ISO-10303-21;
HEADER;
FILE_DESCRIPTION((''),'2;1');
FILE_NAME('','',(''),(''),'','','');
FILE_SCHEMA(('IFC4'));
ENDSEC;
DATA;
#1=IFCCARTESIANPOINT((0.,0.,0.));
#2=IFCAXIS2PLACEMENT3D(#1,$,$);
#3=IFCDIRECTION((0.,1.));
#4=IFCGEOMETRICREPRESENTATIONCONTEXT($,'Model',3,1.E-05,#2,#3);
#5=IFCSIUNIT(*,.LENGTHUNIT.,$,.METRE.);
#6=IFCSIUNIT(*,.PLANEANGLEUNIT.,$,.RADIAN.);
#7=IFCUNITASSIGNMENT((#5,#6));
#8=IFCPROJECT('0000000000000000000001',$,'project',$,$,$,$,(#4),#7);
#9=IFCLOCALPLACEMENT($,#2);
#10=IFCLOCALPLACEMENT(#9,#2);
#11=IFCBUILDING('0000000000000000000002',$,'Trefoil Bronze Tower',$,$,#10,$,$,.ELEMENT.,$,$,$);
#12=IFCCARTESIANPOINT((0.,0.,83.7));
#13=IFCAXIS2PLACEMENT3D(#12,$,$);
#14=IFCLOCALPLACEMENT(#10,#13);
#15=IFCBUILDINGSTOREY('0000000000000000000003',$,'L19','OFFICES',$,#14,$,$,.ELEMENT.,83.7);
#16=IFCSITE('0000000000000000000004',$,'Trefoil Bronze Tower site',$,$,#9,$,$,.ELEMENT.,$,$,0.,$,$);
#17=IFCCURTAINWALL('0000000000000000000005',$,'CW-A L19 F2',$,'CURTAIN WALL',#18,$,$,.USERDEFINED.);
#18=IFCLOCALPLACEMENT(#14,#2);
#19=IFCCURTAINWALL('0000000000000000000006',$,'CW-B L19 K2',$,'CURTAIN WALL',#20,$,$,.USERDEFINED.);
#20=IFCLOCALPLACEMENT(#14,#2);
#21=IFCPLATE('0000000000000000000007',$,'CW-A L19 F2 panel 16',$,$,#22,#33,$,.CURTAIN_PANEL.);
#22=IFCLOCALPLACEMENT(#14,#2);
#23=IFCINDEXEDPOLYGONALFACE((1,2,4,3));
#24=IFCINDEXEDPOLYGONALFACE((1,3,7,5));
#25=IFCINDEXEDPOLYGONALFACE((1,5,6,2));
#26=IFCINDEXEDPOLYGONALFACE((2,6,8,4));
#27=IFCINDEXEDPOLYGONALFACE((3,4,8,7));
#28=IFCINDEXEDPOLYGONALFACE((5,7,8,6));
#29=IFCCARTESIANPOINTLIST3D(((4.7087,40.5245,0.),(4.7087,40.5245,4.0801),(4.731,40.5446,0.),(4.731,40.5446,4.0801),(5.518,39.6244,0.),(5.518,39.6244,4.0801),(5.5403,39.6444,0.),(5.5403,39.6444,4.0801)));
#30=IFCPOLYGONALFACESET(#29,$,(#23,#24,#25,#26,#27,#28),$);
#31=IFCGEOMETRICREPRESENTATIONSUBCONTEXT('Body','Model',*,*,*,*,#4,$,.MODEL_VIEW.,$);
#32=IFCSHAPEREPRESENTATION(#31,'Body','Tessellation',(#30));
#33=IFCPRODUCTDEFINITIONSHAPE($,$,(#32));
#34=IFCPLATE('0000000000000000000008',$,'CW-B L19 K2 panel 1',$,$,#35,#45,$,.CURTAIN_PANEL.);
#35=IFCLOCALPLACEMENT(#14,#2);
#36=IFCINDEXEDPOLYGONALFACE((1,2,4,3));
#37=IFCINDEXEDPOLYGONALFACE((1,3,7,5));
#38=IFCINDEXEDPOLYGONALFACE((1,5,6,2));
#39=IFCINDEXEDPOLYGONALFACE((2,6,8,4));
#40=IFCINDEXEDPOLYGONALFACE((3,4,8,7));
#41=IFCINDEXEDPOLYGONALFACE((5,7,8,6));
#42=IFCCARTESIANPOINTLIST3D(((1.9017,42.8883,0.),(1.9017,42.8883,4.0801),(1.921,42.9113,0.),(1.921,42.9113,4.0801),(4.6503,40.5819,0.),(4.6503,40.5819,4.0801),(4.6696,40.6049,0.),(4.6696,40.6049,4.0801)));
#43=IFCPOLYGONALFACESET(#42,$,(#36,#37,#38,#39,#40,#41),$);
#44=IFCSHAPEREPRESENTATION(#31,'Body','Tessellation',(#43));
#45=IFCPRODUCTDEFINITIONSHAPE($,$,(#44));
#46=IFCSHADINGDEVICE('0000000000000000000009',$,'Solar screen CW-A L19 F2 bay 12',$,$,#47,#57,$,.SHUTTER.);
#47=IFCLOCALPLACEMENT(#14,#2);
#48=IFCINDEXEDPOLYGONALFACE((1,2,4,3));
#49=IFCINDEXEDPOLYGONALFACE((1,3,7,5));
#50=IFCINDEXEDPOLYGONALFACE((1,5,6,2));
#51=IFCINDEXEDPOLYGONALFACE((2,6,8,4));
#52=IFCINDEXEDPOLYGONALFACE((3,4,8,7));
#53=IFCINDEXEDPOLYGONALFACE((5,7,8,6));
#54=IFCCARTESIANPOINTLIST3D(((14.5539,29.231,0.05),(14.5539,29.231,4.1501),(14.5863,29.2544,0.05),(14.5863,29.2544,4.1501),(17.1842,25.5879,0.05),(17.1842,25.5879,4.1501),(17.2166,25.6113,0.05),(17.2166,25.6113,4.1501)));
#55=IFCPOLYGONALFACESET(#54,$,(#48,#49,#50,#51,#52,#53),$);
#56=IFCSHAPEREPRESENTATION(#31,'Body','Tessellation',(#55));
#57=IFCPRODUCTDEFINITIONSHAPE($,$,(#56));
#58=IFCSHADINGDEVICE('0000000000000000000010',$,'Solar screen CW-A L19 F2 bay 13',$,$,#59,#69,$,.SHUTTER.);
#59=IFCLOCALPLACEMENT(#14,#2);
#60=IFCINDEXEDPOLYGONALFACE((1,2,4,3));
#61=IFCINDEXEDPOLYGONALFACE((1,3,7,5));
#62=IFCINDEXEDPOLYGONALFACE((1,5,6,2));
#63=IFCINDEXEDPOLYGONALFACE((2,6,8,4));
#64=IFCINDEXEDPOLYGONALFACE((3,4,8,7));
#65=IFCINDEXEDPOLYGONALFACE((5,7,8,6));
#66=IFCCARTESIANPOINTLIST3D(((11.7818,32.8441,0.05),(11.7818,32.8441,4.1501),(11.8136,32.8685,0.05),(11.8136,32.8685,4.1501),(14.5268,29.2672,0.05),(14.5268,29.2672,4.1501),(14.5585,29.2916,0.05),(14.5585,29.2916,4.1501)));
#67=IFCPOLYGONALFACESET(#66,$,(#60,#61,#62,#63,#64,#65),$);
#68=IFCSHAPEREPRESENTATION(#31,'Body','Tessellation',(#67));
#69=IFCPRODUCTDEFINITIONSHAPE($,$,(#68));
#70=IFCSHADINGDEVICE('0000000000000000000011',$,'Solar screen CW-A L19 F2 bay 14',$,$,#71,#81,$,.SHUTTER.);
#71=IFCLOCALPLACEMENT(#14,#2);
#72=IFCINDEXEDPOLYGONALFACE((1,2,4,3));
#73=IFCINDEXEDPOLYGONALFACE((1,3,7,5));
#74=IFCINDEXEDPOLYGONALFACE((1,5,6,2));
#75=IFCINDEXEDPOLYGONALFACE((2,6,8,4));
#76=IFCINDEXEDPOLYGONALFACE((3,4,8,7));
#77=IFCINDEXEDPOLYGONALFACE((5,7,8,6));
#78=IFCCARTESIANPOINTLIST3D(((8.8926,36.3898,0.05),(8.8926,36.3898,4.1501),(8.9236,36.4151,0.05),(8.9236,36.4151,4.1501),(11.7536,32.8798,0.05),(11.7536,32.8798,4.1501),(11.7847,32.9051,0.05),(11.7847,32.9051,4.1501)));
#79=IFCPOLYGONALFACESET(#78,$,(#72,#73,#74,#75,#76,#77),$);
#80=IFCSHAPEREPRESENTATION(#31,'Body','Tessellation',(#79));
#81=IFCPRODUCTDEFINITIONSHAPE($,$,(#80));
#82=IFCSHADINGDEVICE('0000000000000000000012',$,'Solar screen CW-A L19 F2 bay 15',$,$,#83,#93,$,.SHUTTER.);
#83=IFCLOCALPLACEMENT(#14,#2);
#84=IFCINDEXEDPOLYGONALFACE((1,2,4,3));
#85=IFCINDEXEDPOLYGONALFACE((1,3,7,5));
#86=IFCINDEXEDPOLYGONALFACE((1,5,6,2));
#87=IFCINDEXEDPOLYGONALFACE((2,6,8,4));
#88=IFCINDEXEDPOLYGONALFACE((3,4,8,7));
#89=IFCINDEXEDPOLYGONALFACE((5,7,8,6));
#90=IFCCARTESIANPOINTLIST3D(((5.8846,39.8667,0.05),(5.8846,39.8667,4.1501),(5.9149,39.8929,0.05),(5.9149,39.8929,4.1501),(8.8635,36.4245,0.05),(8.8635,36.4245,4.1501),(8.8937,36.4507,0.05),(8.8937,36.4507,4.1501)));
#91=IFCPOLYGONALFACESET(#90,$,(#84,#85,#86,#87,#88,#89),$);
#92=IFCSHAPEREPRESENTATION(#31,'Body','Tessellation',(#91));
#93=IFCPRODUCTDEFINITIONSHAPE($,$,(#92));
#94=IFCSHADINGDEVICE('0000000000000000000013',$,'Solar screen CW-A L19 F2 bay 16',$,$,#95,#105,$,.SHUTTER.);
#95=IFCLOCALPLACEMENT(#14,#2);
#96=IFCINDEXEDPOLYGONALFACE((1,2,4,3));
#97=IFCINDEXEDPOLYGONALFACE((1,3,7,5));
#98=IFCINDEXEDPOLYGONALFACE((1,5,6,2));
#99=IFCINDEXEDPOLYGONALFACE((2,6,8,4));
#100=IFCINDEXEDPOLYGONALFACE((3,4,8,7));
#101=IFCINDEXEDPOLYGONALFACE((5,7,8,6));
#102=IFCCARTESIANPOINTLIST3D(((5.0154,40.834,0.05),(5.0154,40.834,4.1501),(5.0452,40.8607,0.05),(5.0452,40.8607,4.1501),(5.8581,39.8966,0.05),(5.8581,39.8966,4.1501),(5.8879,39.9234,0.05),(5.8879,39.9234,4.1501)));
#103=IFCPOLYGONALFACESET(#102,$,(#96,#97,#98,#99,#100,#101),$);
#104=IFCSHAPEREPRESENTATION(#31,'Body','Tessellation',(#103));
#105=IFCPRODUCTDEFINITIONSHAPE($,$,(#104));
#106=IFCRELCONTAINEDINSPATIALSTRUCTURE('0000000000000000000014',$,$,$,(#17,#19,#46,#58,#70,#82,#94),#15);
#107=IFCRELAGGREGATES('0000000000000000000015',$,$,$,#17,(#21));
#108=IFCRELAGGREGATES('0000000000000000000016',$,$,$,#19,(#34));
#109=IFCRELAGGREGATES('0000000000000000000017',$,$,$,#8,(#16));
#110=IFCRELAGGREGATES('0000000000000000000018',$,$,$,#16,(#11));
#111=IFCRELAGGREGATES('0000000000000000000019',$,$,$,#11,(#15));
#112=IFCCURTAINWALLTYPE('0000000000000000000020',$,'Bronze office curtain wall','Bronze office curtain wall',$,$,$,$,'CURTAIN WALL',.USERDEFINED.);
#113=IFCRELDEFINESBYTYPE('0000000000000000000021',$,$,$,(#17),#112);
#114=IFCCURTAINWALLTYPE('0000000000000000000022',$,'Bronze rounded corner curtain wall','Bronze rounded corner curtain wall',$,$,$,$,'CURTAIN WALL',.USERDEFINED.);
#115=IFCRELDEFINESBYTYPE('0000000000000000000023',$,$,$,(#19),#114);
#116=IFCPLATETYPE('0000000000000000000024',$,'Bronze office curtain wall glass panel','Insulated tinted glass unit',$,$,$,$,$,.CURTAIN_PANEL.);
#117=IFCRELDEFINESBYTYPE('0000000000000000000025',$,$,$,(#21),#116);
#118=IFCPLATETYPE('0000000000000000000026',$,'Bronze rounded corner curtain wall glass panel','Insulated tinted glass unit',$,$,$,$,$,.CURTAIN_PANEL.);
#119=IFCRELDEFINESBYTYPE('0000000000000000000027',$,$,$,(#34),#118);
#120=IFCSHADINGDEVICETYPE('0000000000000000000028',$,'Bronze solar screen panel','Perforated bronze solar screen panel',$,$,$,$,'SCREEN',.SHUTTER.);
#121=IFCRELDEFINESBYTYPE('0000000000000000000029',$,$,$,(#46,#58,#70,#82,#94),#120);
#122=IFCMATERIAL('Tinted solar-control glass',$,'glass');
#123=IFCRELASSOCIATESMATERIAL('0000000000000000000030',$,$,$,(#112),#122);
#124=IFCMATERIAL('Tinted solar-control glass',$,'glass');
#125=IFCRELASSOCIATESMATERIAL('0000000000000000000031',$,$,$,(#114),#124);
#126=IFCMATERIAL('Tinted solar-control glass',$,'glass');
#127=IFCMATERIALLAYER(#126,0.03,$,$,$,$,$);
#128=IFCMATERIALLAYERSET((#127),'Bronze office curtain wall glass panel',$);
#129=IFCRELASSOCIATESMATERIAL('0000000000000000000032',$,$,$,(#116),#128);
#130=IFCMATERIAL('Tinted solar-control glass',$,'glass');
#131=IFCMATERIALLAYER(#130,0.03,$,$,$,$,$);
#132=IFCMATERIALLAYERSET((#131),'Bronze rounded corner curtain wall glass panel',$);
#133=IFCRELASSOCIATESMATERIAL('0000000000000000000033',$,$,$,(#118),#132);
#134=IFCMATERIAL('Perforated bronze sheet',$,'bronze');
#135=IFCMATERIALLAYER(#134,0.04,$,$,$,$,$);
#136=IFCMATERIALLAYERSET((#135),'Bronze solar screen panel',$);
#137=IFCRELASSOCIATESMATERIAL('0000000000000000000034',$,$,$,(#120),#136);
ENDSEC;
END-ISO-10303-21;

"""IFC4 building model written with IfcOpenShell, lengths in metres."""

from ifc_helpers import new_model, si_unit, direction, frame, origin, origin_2d, place, context, subcontext, project, spatial, rectangle, extrude, material, layer, layer_set, type_object, element, aggregate, save


model = new_model("IFC4")

# Units and contexts
model_context = context("Model", 3, precision=1e-05, world=origin(), true_north=direction((0.0, 1.0)))
body_context = subcontext(model_context, "Body", "Model", "MODEL_VIEW")
ifc_project = project(units=[si_unit("LENGTHUNIT", "METRE"), si_unit("PLANEANGLEUNIT", "RADIAN")], contexts=[model_context])

# Site, building, storey
site_placement = place(None, origin())
site = spatial("IfcSite", under=ifc_project, at=site_placement, Name="Trefoil Bronze Tower site", CompositionType="ELEMENT", RefElevation=0.0)
building_placement = place(site_placement, origin())
building = spatial("IfcBuilding", under=site, at=building_placement, Name="Trefoil Bronze Tower", CompositionType="ELEMENT")
storey_placement = place(building_placement, frame((0.0, 0.0, 83.7)))
storey = spatial("IfcBuildingStorey", under=building, at=storey_placement, Name="L19", Description="OFFICES", CompositionType="ELEMENT", Elevation=83.7)

# Curtain walls
ifc_material_1 = material(Name="Tinted solar-control glass", Category="glass")
curtain_wall_type_1 = type_object("IfcCurtainWallType", Name="Bronze office curtain wall", Description="Bronze office curtain wall", ElementType="CURTAIN WALL", PredefinedType="USERDEFINED", material=ifc_material_1)
curtain_wall_1_placement = place(storey_placement, origin())
curtain_wall_1 = element("IfcCurtainWall", 1, at=curtain_wall_1_placement, inside=storey, type_object=curtain_wall_type_1, Name="CW-A L19 F2", ObjectType="CURTAIN WALL", PredefinedType="USERDEFINED")
ifc_material_2 = material(Name="Tinted solar-control glass", Category="glass")
curtain_wall_type_2 = type_object("IfcCurtainWallType", Name="Bronze rounded corner curtain wall", Description="Bronze rounded corner curtain wall", ElementType="CURTAIN WALL", PredefinedType="USERDEFINED", material=ifc_material_2)
curtain_wall_2_placement = place(storey_placement, origin())
curtain_wall_2 = element("IfcCurtainWall", 2, at=curtain_wall_2_placement, inside=storey, type_object=curtain_wall_type_2, Name="CW-B L19 K2", ObjectType="CURTAIN WALL", PredefinedType="USERDEFINED")

# Plates
ifc_material_3 = material(Name="Tinted solar-control glass", Category="glass")
ifc_layer_1 = layer(ifc_material_3, 0.03)
ifc_layer_set_1 = layer_set([ifc_layer_1], Name="Bronze office curtain wall glass panel")
plate_type_1 = type_object("IfcPlateType", Name="Bronze office curtain wall glass panel", Description="Insulated tinted glass unit", PredefinedType="CURTAIN_PANEL", material=ifc_layer_set_1)
plate_1_placement = place(storey_placement, frame((5.1245, 40.0845, 0.0), z_axis=(0.0, 0.0, 1.0), x_axis=(-0.668575, 0.743645, 0.0)))
plate_1 = element("IfcPlate", 3, at=plate_1_placement, type_object=plate_type_1, Name="CW-A L19 F2 panel 16", PredefinedType="CURTAIN_PANEL", context=body_context, shape_type="SweptSolid", body=[
    extrude(rectangle(XDim=1.2104, YDim=0.03, at=origin_2d()), origin(), (0.0, 0.0, 1.0), 4.0801),
])
aggregate(curtain_wall_1, [plate_1])
ifc_material_4 = material(Name="Tinted solar-control glass", Category="glass")
ifc_layer_2 = layer(ifc_material_4, 0.03)
ifc_layer_set_2 = layer_set([ifc_layer_2], Name="Bronze rounded corner curtain wall glass panel")
plate_type_2 = type_object("IfcPlateType", Name="Bronze rounded corner curtain wall glass panel", Description="Insulated tinted glass unit", PredefinedType="CURTAIN_PANEL", material=ifc_layer_set_2)
plate_2_placement = place(storey_placement, frame((3.2856, 41.7466, 0.0), z_axis=(0.0, 0.0, 1.0), x_axis=(-0.766044, 0.642788, 0.0)))
plate_2 = element("IfcPlate", 4, at=plate_2_placement, type_object=plate_type_2, Name="CW-B L19 K2 panel 1", PredefinedType="CURTAIN_PANEL", context=body_context, shape_type="SweptSolid", body=[
    extrude(rectangle(XDim=3.5881, YDim=0.03, at=origin_2d()), origin(), (0.0, 0.0, 1.0), 4.0801),
])
aggregate(curtain_wall_2, [plate_2])

# Shading devices
ifc_material_5 = material(Name="Perforated bronze sheet", Category="bronze")
ifc_layer_3 = layer(ifc_material_5, 0.04)
ifc_layer_set_3 = layer_set([ifc_layer_3], Name="Bronze solar screen panel")
shading_device_type = type_object("IfcShadingDeviceType", Name="Bronze solar screen panel", Description="Perforated bronze solar screen panel", ElementType="SCREEN", PredefinedType="SHUTTER", material=ifc_layer_set_3)
shading_device_1_placement = place(storey_placement, frame((15.8853, 27.4211, 0.05), z_axis=(0.0, 0.0, 1.0), x_axis=(-0.585373, 0.810764, 0.0)))
element("IfcShadingDevice", 5, at=shading_device_1_placement, inside=storey, type_object=shading_device_type, Name="Solar screen CW-A L19 F2 bay 12", PredefinedType="SHUTTER", context=body_context, shape_type="SweptSolid", body=[
    extrude(rectangle(XDim=4.4934, YDim=0.04, at=origin_2d()), origin(), (0.0, 0.0, 1.0), 4.1001),
])
shading_device_2_placement = place(storey_placement, frame((13.1702, 31.0679, 0.05), z_axis=(0.0, 0.0, 1.0), x_axis=(-0.608808, 0.793318, 0.0)))
element("IfcShadingDevice", 6, at=shading_device_2_placement, inside=storey, type_object=shading_device_type, Name="Solar screen CW-A L19 F2 bay 13", PredefinedType="SHUTTER", context=body_context, shape_type="SweptSolid", body=[
    extrude(rectangle(XDim=4.5088, YDim=0.04, at=origin_2d()), origin(), (0.0, 0.0, 1.0), 4.1001),
])
shading_device_3_placement = place(storey_placement, frame((10.3386, 34.6475, 0.05), z_axis=(0.0, 0.0, 1.0), x_axis=(-0.631811, 0.775123, 0.0)))
element("IfcShadingDevice", 7, at=shading_device_3_placement, inside=storey, type_object=shading_device_type, Name="Solar screen CW-A L19 F2 bay 14", PredefinedType="SHUTTER", context=body_context, shape_type="SweptSolid", body=[
    extrude(rectangle(XDim=4.5283, YDim=0.04, at=origin_2d()), origin(), (0.0, 0.0, 1.0), 4.1001),
])
shading_device_4_placement = place(storey_placement, frame((7.3892, 38.1587, 0.05), z_axis=(0.0, 0.0, 1.0), x_axis=(-0.654376, 0.756169, 0.0)))
element("IfcShadingDevice", 8, at=shading_device_4_placement, inside=storey, type_object=shading_device_type, Name="Solar screen CW-A L19 F2 bay 15", PredefinedType="SHUTTER", context=body_context, shape_type="SweptSolid", body=[
    extrude(rectangle(XDim=4.5522, YDim=0.04, at=origin_2d()), origin(), (0.0, 0.0, 1.0), 4.1001),
])
shading_device_5_placement = place(storey_placement, frame((5.4517, 40.3787, 0.05), z_axis=(0.0, 0.0, 1.0), x_axis=(-0.668575, 0.743645, 0.0)))
element("IfcShadingDevice", 9, at=shading_device_5_placement, inside=storey, type_object=shading_device_type, Name="Solar screen CW-A L19 F2 bay 16", PredefinedType="SHUTTER", context=body_context, shape_type="SweptSolid", body=[
    extrude(rectangle(XDim=1.2605, YDim=0.04, at=origin_2d()), origin(), (0.0, 0.0, 1.0), 4.1001),
])

save(model, "model.ifc")
